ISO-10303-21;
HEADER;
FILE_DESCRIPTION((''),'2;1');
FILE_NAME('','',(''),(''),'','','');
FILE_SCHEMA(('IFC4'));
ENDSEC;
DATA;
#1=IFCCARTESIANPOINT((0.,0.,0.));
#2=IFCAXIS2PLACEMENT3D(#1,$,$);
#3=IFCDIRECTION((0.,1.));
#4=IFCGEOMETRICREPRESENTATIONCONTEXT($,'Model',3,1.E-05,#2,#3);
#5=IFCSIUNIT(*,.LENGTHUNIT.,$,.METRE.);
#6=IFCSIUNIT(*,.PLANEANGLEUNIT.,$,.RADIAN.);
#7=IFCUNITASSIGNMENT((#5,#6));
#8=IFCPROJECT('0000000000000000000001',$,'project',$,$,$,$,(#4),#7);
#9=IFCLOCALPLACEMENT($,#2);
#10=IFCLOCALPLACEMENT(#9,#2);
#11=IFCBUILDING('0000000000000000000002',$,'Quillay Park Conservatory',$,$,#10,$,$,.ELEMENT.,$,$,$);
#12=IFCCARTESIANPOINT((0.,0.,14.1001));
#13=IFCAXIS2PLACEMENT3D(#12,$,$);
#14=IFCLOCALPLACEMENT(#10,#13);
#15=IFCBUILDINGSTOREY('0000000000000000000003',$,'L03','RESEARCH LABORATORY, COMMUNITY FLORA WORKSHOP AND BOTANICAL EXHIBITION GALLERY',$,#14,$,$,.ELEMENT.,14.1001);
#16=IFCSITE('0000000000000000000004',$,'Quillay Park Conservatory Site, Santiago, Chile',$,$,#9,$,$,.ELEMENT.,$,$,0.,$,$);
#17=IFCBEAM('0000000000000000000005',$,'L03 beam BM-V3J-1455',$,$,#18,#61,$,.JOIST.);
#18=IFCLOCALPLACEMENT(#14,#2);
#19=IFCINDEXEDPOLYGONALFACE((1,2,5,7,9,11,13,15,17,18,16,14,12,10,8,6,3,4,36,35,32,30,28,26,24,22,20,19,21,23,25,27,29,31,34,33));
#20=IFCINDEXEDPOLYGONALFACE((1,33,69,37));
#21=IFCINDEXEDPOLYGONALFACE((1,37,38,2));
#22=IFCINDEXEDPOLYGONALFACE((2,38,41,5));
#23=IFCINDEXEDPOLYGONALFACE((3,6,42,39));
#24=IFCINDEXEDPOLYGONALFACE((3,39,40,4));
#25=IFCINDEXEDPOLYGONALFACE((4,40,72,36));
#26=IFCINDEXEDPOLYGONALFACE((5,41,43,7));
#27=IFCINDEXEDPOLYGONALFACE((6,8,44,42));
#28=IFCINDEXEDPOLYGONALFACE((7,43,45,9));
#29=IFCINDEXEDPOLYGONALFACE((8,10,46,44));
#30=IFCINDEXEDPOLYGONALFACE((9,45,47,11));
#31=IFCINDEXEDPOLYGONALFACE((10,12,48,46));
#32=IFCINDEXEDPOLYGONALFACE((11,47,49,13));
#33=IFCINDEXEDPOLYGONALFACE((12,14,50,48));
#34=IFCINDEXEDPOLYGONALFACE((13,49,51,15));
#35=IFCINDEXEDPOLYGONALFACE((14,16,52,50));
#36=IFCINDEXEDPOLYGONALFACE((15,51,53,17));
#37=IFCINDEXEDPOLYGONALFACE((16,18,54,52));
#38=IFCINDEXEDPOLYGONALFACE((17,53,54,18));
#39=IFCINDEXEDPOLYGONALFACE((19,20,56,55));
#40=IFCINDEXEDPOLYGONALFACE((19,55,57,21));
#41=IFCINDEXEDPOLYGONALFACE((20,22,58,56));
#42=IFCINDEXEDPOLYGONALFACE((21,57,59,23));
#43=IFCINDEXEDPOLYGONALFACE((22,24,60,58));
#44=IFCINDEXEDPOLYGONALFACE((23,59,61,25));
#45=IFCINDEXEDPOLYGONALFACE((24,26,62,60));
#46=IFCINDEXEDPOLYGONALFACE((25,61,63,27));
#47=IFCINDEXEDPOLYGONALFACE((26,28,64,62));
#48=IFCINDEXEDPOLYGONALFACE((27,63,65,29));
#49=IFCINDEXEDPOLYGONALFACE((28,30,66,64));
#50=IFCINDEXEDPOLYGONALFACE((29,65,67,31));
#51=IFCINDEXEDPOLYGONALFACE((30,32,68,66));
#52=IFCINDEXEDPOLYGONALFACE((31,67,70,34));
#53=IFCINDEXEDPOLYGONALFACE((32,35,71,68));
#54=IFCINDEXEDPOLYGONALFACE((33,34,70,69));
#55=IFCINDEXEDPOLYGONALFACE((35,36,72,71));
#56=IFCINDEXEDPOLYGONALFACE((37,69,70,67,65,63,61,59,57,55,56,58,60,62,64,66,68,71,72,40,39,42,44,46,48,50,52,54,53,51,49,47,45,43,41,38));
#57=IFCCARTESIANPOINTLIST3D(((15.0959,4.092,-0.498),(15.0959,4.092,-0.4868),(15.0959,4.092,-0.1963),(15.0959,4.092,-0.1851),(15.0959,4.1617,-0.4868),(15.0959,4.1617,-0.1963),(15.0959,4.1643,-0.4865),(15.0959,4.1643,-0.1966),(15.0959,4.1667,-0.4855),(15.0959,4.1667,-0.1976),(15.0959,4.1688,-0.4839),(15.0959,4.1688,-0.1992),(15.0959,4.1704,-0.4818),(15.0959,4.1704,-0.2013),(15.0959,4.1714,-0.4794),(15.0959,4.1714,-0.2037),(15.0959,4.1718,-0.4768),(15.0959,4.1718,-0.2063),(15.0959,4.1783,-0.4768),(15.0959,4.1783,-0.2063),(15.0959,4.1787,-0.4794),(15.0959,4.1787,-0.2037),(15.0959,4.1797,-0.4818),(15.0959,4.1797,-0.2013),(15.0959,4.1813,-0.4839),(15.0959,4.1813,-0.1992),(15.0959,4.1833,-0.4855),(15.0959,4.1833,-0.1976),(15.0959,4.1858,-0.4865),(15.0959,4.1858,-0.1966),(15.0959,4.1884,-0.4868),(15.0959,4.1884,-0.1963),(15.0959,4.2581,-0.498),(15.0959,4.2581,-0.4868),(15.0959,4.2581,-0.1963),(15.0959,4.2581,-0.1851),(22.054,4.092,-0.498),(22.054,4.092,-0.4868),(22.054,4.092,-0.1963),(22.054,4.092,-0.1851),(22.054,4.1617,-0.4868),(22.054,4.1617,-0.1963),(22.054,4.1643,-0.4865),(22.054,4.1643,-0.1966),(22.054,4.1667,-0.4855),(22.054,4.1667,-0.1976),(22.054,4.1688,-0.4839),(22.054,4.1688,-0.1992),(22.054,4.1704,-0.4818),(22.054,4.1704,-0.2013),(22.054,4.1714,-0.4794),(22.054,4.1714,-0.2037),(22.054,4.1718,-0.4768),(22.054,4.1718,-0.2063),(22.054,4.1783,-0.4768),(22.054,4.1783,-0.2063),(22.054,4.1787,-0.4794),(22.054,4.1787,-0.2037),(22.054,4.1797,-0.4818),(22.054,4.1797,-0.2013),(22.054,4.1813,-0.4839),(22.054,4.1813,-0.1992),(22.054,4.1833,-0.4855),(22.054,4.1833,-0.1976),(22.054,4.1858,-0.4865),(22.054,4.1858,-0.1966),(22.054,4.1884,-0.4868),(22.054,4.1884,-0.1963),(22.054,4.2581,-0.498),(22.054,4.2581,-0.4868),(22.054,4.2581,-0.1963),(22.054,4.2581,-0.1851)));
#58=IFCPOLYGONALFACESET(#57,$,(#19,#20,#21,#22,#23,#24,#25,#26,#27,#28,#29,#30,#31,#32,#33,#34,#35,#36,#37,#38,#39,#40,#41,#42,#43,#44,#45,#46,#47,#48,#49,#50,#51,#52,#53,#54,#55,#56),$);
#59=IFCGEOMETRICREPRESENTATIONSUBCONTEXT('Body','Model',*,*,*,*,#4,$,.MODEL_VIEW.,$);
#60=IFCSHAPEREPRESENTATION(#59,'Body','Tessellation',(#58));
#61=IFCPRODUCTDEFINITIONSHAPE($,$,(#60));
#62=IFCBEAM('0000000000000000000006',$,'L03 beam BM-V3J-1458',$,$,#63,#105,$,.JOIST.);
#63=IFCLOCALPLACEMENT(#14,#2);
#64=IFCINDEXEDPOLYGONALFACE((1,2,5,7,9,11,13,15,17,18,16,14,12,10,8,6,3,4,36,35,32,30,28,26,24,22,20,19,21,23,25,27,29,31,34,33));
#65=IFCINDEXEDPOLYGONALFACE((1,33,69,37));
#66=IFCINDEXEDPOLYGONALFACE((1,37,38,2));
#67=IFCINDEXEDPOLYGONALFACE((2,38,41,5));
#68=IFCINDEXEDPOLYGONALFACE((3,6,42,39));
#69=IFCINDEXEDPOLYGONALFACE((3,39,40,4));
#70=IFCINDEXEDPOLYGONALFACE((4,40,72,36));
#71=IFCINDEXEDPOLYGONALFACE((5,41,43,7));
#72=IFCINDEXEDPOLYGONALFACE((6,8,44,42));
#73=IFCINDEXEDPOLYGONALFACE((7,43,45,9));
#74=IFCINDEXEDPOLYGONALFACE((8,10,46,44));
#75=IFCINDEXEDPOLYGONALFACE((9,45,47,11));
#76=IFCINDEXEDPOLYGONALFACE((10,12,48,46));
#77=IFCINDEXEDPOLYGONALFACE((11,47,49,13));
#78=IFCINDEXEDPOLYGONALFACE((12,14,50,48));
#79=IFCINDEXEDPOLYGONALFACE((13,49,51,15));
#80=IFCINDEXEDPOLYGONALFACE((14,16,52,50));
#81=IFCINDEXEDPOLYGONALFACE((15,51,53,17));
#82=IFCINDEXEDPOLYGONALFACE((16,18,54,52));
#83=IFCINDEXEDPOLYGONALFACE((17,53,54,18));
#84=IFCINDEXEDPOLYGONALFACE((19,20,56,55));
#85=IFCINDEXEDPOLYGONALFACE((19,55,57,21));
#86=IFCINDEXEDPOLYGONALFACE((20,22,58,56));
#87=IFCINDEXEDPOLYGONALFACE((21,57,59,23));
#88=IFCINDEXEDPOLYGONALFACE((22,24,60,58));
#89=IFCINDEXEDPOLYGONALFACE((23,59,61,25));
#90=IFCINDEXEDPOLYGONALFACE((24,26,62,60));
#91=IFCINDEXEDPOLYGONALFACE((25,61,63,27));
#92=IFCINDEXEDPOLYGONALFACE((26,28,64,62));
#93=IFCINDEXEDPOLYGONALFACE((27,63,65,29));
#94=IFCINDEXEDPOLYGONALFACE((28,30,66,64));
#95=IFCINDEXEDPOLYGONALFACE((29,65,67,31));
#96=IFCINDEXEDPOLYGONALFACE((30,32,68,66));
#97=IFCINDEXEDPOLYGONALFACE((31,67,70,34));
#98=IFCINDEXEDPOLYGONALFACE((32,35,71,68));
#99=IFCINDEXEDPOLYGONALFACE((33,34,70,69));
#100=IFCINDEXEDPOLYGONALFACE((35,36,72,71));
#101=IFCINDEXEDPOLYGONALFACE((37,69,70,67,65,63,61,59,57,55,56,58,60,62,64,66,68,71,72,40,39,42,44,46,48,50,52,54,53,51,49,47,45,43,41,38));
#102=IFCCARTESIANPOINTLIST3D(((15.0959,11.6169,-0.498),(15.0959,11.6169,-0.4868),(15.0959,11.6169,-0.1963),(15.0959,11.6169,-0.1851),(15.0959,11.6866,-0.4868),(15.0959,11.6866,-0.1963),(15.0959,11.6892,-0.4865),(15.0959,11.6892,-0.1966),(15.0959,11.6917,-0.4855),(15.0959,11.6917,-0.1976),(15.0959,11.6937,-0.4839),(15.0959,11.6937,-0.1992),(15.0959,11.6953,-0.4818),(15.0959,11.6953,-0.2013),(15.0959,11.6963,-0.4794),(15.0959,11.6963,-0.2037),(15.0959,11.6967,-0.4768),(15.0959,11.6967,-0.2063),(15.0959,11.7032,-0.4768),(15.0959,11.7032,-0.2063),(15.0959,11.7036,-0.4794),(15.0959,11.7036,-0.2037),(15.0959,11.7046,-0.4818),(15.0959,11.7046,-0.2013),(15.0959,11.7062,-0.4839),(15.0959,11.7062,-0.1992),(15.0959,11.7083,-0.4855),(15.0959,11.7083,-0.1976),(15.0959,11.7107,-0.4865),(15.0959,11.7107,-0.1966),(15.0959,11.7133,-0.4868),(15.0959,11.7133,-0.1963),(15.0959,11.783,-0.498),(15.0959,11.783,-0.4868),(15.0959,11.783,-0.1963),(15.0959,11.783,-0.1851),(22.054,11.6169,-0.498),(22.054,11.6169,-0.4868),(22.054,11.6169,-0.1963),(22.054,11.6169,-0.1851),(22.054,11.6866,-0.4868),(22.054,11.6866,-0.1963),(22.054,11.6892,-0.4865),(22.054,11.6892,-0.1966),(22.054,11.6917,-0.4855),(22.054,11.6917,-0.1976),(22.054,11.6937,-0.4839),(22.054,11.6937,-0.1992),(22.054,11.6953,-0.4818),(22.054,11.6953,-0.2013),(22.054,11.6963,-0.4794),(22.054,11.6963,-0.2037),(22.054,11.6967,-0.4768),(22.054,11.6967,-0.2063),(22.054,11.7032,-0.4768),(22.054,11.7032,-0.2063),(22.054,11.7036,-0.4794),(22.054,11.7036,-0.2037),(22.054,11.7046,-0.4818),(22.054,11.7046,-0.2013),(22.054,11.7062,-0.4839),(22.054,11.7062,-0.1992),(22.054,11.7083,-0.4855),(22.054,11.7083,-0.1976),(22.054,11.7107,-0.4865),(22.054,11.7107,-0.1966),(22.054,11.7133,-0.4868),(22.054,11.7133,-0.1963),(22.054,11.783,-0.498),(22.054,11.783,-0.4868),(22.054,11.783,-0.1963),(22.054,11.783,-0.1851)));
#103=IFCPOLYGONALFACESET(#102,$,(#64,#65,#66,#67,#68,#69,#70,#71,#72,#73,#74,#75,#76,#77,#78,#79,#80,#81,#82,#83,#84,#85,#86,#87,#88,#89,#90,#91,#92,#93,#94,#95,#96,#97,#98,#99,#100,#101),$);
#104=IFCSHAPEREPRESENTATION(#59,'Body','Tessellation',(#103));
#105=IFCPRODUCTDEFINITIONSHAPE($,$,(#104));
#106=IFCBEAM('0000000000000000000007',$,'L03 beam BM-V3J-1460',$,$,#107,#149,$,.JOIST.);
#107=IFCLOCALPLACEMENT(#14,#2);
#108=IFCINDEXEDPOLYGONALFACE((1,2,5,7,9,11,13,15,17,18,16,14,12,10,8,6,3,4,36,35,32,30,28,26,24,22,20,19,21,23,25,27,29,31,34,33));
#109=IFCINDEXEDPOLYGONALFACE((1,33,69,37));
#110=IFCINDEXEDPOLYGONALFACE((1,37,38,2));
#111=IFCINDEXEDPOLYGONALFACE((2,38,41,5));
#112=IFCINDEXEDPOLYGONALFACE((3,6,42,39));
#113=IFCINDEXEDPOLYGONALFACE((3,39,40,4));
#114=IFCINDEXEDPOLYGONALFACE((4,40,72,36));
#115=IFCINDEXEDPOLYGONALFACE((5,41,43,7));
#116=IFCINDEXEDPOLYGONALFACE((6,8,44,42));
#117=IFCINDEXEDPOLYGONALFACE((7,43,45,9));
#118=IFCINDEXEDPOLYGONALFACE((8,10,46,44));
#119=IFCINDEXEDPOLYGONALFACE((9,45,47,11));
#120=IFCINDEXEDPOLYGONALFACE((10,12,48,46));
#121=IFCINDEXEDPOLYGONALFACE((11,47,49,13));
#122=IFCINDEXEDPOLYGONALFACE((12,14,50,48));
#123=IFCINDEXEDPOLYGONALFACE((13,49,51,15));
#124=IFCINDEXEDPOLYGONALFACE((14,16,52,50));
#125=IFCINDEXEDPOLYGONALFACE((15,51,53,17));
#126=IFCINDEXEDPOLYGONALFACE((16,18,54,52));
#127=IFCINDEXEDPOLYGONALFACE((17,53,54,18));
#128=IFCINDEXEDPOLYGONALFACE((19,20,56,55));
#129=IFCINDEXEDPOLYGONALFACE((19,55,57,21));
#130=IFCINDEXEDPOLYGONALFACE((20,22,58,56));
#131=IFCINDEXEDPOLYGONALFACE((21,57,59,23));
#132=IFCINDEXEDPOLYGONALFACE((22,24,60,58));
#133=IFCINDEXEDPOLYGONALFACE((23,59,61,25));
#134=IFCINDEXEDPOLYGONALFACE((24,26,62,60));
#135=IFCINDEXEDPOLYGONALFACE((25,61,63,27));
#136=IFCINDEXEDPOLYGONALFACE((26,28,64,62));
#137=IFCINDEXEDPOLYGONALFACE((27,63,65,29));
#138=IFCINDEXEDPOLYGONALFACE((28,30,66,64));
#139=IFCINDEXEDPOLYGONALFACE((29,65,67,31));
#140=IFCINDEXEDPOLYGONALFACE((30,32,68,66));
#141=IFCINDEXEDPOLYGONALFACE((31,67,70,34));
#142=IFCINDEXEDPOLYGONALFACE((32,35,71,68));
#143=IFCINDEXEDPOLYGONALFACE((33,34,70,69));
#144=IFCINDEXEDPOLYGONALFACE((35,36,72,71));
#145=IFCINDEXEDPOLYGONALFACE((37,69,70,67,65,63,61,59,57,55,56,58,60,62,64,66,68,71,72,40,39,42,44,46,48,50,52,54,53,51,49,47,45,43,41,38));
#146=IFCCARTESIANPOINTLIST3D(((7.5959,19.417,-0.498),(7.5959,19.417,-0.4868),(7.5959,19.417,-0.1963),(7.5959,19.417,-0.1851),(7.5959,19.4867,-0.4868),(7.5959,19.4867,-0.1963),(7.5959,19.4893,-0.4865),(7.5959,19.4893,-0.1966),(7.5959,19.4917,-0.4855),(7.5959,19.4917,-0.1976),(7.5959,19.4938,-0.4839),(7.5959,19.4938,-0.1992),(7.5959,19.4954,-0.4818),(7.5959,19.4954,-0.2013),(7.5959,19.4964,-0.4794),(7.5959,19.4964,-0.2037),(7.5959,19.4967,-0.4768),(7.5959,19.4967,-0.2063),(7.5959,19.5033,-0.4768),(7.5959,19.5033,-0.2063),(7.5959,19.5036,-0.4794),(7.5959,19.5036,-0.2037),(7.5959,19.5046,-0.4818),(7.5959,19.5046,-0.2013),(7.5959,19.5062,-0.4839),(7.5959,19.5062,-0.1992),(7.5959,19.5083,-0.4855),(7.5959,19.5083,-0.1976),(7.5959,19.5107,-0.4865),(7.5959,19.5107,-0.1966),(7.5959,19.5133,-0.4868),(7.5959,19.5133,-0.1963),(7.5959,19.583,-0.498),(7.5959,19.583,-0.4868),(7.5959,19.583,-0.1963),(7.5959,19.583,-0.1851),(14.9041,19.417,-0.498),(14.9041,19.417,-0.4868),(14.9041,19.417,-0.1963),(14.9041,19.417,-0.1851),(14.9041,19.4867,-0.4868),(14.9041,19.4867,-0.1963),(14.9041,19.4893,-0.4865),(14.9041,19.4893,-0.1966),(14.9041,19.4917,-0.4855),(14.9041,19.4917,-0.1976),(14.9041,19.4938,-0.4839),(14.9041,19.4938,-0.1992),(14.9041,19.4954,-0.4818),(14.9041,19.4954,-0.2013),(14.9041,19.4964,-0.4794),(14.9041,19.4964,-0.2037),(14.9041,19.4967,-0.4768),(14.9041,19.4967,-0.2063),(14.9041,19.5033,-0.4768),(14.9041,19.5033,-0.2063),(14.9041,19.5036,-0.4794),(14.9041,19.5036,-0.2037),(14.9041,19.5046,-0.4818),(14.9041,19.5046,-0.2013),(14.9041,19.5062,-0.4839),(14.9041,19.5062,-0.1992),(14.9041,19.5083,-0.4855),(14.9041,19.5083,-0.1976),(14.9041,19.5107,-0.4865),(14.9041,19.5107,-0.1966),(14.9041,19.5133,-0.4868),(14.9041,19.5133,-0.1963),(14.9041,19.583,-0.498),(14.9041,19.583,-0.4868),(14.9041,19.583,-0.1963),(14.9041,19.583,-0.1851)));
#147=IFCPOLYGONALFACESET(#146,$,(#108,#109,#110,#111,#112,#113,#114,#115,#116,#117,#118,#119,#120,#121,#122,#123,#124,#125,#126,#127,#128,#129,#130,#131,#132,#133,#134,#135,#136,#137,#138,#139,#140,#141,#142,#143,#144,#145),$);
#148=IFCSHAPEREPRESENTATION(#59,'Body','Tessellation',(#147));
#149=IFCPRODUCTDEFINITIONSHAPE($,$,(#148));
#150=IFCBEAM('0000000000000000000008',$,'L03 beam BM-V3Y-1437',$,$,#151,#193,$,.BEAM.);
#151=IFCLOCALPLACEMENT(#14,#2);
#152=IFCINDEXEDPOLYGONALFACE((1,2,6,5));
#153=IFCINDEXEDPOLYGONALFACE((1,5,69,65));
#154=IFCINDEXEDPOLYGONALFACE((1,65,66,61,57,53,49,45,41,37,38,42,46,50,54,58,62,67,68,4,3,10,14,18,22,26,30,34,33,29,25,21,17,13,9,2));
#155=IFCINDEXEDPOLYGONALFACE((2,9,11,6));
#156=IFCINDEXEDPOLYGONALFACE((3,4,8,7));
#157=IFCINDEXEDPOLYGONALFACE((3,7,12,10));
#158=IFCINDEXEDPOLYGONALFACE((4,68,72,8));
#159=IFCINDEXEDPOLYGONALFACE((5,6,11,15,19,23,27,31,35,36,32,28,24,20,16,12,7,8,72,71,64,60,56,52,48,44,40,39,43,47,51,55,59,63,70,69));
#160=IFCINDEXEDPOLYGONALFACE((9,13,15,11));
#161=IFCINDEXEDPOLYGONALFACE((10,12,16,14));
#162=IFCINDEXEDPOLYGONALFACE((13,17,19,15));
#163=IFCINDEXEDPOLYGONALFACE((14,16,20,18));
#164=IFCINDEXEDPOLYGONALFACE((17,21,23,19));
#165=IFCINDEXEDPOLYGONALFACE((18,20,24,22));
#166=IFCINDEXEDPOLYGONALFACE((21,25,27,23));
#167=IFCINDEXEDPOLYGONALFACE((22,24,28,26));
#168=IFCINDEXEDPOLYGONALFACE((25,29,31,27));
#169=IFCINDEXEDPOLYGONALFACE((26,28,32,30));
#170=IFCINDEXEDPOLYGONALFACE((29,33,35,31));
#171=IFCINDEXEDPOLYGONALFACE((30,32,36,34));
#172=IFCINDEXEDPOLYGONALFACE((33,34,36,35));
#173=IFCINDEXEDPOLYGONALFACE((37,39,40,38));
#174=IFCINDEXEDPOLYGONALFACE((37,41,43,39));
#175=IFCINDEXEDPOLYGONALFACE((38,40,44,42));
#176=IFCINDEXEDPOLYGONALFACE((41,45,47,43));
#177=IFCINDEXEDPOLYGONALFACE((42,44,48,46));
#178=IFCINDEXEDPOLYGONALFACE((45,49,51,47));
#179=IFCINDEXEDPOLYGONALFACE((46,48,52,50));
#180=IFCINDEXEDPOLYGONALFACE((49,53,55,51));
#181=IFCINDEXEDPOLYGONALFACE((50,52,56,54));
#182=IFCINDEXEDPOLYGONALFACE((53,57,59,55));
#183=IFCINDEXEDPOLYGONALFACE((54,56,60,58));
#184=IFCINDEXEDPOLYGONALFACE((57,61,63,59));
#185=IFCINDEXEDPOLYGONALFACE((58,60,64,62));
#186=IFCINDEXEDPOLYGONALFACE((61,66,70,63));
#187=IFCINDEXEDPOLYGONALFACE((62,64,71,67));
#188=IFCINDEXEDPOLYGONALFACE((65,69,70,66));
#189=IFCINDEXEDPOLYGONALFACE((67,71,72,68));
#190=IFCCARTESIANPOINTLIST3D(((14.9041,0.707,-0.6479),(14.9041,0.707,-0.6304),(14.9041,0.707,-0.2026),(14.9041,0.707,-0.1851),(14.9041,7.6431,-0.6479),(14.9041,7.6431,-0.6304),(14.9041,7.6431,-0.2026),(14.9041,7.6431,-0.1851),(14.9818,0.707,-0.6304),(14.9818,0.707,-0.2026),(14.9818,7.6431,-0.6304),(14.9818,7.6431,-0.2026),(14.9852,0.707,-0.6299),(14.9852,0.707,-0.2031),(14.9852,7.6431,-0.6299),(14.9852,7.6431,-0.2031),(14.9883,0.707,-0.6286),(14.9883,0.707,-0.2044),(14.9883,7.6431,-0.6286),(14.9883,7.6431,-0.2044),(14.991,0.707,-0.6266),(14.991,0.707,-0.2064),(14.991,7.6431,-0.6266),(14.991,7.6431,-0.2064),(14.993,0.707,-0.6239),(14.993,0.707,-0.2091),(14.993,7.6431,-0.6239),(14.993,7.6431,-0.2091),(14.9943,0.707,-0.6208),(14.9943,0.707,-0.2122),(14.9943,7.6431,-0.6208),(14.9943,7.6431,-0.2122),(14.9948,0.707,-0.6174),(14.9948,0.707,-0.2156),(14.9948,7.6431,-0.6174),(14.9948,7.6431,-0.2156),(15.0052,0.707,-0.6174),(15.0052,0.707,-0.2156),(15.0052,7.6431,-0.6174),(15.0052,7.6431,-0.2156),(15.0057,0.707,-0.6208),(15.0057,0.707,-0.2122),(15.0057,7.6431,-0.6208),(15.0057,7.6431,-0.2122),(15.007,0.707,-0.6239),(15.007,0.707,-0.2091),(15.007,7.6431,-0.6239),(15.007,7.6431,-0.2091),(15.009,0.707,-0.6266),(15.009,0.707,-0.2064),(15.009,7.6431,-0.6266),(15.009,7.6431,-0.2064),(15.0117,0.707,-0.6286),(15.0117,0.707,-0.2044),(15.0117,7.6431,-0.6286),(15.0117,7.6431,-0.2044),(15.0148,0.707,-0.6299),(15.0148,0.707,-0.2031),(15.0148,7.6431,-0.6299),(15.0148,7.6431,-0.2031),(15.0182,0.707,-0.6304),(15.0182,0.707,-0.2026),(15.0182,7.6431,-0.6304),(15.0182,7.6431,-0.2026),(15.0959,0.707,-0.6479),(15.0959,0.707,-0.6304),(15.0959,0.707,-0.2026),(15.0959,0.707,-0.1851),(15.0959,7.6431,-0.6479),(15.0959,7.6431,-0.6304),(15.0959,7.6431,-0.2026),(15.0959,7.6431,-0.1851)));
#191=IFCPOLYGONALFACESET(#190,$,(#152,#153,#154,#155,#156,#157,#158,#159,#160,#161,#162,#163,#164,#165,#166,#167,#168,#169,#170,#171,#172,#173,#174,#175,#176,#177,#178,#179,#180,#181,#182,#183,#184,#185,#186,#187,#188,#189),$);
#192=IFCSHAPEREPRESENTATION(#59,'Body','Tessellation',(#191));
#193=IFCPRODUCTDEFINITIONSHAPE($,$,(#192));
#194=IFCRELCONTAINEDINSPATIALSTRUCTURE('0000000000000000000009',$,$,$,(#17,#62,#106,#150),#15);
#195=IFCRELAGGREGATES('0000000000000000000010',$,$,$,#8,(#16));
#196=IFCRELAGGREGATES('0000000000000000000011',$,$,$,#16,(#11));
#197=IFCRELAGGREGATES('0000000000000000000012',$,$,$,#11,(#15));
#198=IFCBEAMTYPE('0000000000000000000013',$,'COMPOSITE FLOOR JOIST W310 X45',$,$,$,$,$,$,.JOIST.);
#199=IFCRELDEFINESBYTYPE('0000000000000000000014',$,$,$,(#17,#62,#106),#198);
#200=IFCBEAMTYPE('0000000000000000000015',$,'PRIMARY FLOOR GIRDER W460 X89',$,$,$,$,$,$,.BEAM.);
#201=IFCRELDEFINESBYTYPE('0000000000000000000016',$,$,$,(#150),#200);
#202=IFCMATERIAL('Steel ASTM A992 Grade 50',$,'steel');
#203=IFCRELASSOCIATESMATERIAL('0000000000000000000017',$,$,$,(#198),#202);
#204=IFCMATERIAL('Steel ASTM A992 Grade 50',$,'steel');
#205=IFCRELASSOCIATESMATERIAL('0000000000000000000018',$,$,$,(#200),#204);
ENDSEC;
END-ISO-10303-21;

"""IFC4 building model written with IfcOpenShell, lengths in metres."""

from ifc_helpers import new_model, si_unit, direction, frame, origin, origin_2d, place, context, subcontext, project, spatial, i_section, extrude, material, material_profile, profile_set, type_object, element, save


model = new_model("IFC4")

# Units and contexts
model_context = context("Model", 3, precision=1e-05, world=origin(), true_north=direction((0.0, 1.0)))
body_context = subcontext(model_context, "Body", "Model", "MODEL_VIEW")
ifc_project = project(units=[si_unit("LENGTHUNIT", "METRE"), si_unit("PLANEANGLEUNIT", "RADIAN")], contexts=[model_context])

# Site, building, storey
site_placement = place(None, origin())
site = spatial("IfcSite", under=ifc_project, at=site_placement, Name="Quillay Park Conservatory Site, Santiago, Chile", CompositionType="ELEMENT", RefElevation=0.0)
building_placement = place(site_placement, origin())
building = spatial("IfcBuilding", under=site, at=building_placement, Name="Quillay Park Conservatory", CompositionType="ELEMENT")
storey_placement = place(building_placement, frame((0.0, 0.0, 14.1001)))
storey = spatial("IfcBuildingStorey", under=building, at=storey_placement, Name="L03", Description="RESEARCH LABORATORY, COMMUNITY FLORA WORKSHOP AND BOTANICAL EXHIBITION GALLERY", CompositionType="ELEMENT", Elevation=14.1001)

# Beams
ifc_material_1 = material(Name="Steel ASTM A992 Grade 50", Category="steel")
ifc_material_profile_1 = material_profile(ifc_material_1, i_section(OverallWidth=0.166, OverallDepth=0.313, WebThickness=0.0066, FlangeThickness=0.0112, FilletRadius=0.01, at=origin_2d()), Name="W310x45")
ifc_profile_set_1 = profile_set([ifc_material_profile_1], Name="Steel ASTM A992 Grade 50")
beam_type_1 = type_object("IfcBeamType", Name="COMPOSITE FLOOR JOIST W310 X45", PredefinedType="JOIST", material=ifc_profile_set_1)
for number, where, z_axis, x_axis, name in (
    (1, (15.0959, 4.175, -0.3416), (1.0, 0.0, 0.0), (0.0, 1.0, 0.0), "L03 beam BM-V3J-1455"),
    (2, (15.0959, 11.7, -0.3416), (1.0, 0.0, 0.0), (0.0, 1.0, 0.0), "L03 beam BM-V3J-1458"),
):
    element("IfcBeam", number, at=place(storey_placement, frame(where, z_axis=z_axis, x_axis=x_axis)), inside=storey, type_object=beam_type_1, Name=name, PredefinedType="JOIST", context=body_context, shape_type="SweptSolid", body=[
        extrude(i_section(OverallWidth=0.166, OverallDepth=0.313, WebThickness=0.0066, FlangeThickness=0.0112, FilletRadius=0.01, at=origin_2d()), origin(), (0.0, 0.0, 1.0), 6.958),
    ])
beam_1_placement = place(storey_placement, frame((7.5959, 19.5, -0.3416), z_axis=(1.0, 0.0, 0.0), x_axis=(0.0, 1.0, 0.0)))
element("IfcBeam", 3, at=beam_1_placement, inside=storey, type_object=beam_type_1, Name="L03 beam BM-V3J-1460", PredefinedType="JOIST", context=body_context, shape_type="SweptSolid", body=[
    extrude(i_section(OverallWidth=0.166, OverallDepth=0.313, WebThickness=0.0066, FlangeThickness=0.0112, FilletRadius=0.01, at=origin_2d()), origin(), (0.0, 0.0, 1.0), 7.3081),
])
ifc_material_2 = material(Name="Steel ASTM A992 Grade 50", Category="steel")
ifc_material_profile_2 = material_profile(ifc_material_2, i_section(OverallWidth=0.1919, OverallDepth=0.4629, WebThickness=0.0105, FlangeThickness=0.0176, FilletRadius=0.0129, at=origin_2d()), Name="W460x89")
ifc_profile_set_2 = profile_set([ifc_material_profile_2], Name="Steel ASTM A992 Grade 50")
beam_type_2 = type_object("IfcBeamType", Name="PRIMARY FLOOR GIRDER W460 X89", PredefinedType="BEAM", material=ifc_profile_set_2)
beam_2_placement = place(storey_placement, frame((15.0, 0.707, -0.4165), z_axis=(0.0, 1.0, 0.0), x_axis=(-1.0, 0.0, 0.0)))
element("IfcBeam", 4, at=beam_2_placement, inside=storey, type_object=beam_type_2, Name="L03 beam BM-V3Y-1437", PredefinedType="BEAM", context=body_context, shape_type="SweptSolid", body=[
    extrude(i_section(OverallWidth=0.1919, OverallDepth=0.4629, WebThickness=0.0105, FlangeThickness=0.0176, FilletRadius=0.0129, at=origin_2d()), origin(), (0.0, 0.0, 1.0), 6.936),
])

save(model, "model.ifc")
